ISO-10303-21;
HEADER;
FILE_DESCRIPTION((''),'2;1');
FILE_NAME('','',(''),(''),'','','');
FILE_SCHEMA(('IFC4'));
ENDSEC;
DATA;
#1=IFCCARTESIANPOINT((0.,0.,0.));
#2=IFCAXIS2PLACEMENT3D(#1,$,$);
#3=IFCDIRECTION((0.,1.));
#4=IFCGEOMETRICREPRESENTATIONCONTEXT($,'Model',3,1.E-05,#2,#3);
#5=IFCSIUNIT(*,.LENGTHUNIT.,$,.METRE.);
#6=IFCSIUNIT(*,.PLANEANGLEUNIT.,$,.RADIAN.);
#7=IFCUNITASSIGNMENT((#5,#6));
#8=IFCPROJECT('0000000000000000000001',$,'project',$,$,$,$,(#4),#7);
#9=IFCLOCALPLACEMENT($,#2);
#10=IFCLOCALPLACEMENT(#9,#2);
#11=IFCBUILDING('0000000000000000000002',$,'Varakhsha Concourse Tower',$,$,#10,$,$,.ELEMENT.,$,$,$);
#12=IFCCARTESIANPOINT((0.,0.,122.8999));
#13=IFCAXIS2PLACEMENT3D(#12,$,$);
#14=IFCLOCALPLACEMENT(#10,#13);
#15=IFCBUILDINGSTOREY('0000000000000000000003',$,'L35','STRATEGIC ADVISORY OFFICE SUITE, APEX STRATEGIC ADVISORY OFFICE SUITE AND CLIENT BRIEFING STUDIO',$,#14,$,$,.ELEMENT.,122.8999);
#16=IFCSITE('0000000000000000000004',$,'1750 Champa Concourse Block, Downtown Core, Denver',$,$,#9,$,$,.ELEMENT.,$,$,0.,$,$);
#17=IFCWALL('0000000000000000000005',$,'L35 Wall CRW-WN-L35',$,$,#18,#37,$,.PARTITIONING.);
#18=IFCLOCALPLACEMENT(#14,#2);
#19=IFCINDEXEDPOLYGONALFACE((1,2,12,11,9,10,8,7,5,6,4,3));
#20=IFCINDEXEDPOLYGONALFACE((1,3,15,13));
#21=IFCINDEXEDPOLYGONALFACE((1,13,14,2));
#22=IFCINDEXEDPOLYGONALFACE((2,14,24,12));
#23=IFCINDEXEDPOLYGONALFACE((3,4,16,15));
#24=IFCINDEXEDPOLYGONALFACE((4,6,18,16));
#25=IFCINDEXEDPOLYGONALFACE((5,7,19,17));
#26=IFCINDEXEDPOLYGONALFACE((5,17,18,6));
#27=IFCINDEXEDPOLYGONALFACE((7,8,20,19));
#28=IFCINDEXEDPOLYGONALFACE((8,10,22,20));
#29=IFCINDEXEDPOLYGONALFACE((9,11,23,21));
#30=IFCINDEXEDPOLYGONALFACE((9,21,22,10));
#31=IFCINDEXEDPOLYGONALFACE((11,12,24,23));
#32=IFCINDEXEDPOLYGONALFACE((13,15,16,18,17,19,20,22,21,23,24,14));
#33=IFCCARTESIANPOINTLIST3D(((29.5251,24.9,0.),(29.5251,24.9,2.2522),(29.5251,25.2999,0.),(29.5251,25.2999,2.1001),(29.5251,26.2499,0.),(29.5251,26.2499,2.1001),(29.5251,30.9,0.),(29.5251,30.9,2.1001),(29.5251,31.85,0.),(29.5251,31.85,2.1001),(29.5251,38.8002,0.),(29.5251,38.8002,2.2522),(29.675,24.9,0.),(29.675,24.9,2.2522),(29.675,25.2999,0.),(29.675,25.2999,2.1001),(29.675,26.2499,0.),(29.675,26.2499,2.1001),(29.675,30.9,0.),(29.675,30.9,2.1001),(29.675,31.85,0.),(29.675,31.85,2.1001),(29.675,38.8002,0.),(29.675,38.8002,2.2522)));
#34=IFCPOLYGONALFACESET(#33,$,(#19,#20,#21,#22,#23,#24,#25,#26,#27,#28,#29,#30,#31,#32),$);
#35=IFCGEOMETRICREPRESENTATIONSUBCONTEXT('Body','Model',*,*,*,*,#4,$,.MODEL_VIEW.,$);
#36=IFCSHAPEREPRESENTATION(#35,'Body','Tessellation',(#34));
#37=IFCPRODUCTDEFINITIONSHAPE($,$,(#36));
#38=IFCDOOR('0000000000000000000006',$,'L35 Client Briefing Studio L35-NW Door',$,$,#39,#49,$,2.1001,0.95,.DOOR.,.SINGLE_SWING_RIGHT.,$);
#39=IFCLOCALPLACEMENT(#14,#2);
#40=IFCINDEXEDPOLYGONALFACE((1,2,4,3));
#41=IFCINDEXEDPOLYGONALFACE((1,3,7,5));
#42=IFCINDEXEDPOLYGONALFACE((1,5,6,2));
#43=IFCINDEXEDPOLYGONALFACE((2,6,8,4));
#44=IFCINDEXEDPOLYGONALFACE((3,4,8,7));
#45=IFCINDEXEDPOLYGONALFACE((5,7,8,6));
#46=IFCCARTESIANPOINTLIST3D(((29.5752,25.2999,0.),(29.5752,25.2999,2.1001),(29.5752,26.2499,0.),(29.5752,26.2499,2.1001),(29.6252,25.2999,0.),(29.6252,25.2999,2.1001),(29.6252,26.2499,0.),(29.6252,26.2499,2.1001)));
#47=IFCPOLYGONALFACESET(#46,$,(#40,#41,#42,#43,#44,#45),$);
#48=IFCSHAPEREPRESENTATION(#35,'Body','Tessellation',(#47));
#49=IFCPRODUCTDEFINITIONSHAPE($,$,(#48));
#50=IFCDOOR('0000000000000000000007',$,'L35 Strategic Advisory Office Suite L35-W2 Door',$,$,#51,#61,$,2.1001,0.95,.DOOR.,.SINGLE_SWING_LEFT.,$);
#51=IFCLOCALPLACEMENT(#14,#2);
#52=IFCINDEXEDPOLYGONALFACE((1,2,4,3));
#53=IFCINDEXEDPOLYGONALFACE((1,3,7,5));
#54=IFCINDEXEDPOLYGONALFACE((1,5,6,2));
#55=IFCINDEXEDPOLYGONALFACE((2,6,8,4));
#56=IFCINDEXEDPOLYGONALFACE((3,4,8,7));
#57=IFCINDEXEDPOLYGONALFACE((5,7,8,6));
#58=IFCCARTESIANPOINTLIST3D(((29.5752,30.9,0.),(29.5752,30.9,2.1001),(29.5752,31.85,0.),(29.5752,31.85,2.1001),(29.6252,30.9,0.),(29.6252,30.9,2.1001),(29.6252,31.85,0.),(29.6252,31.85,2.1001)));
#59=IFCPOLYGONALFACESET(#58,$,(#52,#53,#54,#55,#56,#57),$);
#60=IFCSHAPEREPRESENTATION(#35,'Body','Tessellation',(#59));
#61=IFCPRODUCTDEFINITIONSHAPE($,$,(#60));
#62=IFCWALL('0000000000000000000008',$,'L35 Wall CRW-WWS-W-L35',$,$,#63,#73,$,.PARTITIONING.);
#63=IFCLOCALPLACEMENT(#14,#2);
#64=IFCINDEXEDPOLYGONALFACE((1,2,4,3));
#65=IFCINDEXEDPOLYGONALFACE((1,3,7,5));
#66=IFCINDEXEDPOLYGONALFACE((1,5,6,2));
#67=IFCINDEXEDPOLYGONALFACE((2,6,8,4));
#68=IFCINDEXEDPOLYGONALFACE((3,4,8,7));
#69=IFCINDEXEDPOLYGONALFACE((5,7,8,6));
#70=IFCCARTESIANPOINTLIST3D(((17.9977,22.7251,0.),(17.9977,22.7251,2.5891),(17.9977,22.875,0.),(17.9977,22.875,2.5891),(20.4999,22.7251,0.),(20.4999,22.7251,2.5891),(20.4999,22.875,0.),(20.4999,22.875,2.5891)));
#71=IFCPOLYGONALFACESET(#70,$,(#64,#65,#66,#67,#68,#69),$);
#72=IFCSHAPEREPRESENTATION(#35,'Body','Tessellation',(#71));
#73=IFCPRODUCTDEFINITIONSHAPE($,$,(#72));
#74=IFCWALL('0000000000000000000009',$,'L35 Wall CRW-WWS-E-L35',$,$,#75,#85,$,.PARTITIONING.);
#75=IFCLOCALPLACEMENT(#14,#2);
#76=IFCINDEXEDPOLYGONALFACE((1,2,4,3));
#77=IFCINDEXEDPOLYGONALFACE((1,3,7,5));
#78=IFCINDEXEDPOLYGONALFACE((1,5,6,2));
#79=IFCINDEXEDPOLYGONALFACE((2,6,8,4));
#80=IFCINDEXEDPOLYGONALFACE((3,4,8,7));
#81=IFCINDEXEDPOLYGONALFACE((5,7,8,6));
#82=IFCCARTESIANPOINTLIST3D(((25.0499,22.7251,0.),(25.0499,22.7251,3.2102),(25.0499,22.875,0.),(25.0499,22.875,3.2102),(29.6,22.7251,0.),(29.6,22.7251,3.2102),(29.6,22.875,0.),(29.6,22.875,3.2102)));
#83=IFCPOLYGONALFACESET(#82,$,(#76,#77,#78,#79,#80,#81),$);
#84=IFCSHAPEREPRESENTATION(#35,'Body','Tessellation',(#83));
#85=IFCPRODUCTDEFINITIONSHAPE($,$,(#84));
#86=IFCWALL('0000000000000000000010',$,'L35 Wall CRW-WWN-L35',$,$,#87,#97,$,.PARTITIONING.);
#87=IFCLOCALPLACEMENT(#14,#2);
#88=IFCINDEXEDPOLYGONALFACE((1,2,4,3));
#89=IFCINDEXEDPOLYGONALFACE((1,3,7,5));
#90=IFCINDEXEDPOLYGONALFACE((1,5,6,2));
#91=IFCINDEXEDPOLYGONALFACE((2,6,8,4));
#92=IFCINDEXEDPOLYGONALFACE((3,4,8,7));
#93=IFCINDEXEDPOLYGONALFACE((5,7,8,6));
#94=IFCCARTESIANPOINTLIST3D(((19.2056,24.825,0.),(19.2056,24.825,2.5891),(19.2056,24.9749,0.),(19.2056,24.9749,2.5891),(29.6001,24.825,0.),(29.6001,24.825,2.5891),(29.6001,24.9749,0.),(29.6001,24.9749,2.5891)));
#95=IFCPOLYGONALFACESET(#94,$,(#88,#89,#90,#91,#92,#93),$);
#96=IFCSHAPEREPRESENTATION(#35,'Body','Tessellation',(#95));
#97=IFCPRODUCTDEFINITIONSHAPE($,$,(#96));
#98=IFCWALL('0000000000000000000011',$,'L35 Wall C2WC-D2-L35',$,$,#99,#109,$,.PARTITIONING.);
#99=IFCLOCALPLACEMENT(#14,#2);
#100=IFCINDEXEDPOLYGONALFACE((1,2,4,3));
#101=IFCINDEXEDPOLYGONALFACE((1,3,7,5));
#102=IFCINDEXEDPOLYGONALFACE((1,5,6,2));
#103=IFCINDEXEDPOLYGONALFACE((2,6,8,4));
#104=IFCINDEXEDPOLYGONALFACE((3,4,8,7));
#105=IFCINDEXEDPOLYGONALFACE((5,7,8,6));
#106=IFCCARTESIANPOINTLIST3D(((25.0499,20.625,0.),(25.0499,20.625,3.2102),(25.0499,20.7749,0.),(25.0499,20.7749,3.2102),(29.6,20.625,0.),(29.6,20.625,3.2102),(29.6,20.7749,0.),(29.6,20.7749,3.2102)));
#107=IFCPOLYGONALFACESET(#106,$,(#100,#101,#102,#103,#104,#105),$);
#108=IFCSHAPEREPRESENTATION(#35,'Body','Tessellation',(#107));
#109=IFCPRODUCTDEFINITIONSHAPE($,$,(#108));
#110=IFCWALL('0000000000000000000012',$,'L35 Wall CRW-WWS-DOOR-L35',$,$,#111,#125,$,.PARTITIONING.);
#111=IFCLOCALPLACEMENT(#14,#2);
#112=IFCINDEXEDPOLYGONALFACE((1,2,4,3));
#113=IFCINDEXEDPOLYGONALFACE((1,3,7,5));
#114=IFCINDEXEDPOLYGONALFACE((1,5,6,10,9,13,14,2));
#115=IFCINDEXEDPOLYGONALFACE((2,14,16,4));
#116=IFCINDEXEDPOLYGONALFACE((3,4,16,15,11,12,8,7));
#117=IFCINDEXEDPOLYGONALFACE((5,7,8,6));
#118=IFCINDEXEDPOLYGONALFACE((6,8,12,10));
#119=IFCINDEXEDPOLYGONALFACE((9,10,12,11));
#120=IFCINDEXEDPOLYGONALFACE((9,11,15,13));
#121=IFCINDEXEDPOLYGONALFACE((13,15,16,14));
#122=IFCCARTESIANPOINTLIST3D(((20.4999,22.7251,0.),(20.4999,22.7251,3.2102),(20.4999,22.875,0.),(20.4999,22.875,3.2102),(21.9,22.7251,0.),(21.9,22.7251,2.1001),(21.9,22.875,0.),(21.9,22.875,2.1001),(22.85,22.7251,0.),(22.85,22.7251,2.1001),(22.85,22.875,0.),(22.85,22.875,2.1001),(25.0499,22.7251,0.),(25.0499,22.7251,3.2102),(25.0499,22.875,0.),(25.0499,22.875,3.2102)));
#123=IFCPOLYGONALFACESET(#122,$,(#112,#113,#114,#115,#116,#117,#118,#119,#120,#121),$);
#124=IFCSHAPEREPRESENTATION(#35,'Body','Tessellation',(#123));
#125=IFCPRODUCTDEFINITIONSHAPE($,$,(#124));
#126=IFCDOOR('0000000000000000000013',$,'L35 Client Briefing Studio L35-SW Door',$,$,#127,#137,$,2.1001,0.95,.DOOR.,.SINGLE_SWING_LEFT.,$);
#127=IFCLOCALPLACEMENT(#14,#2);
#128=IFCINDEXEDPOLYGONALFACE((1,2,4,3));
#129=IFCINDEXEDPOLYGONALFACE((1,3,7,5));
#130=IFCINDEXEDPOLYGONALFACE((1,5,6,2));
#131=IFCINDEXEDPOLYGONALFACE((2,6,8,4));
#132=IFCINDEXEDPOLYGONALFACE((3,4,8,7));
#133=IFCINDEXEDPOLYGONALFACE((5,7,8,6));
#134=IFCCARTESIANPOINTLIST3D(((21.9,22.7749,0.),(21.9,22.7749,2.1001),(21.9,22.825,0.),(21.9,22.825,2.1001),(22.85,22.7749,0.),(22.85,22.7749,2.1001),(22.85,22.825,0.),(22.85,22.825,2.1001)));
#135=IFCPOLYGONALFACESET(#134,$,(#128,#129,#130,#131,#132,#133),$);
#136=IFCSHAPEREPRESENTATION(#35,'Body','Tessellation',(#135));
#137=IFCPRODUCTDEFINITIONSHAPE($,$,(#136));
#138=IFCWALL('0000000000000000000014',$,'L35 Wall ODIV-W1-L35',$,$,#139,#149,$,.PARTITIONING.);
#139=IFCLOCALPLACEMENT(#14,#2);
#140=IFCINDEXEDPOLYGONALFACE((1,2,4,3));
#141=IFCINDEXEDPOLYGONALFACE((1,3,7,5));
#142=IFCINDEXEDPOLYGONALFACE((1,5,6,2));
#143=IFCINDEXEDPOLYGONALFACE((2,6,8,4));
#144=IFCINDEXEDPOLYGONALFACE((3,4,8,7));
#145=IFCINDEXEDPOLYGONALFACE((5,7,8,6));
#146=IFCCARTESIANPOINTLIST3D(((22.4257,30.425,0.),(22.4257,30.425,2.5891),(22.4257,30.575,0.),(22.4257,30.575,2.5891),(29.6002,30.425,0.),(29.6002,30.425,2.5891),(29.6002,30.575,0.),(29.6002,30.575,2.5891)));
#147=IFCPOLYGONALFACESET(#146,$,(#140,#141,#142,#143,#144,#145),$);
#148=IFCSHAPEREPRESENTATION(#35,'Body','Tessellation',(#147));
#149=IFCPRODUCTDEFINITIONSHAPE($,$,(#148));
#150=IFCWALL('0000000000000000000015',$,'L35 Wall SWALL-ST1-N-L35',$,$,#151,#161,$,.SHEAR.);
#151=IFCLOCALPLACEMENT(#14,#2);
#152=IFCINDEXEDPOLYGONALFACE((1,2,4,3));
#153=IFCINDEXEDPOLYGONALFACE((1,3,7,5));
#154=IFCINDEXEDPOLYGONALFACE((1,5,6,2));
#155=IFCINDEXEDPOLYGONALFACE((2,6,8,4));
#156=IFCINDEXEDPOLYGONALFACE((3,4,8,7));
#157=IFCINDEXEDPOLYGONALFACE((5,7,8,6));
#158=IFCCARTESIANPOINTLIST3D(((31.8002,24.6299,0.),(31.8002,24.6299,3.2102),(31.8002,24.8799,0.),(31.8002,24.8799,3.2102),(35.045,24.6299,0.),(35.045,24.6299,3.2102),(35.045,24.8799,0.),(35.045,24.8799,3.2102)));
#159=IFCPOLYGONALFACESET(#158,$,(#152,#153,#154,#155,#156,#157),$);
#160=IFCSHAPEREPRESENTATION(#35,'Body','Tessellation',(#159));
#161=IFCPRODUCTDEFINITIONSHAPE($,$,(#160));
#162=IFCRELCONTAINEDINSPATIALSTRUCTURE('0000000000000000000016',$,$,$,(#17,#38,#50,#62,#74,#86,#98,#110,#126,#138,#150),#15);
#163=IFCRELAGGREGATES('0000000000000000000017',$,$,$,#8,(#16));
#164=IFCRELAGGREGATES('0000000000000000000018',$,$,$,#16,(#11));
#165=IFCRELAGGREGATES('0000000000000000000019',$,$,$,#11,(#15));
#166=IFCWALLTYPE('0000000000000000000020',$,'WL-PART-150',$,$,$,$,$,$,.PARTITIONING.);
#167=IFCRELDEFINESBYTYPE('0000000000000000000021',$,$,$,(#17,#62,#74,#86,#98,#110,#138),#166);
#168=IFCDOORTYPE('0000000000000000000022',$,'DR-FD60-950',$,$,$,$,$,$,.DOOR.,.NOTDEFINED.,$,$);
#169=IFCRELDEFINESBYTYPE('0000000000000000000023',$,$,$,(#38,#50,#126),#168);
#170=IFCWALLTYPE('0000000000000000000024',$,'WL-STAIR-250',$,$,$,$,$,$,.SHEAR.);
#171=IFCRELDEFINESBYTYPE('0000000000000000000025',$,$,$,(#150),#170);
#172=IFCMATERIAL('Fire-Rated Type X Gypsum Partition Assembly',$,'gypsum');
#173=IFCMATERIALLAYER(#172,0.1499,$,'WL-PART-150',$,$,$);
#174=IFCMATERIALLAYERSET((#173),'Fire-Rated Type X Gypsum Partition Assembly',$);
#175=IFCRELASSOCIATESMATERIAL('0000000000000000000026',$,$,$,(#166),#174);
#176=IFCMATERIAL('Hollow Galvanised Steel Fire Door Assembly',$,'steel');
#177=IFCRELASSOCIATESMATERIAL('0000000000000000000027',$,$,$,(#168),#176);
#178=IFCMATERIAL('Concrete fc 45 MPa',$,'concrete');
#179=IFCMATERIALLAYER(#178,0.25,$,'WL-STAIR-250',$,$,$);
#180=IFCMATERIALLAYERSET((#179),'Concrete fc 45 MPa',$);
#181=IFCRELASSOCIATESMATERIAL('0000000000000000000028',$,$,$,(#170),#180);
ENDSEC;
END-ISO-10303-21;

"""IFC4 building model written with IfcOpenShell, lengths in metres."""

from ifc_helpers import new_model, si_unit, direction, frame, frame_2d, origin, place, context, subcontext, project, spatial, rectangle, extrude, material, layer, layer_set, type_object, element, fill, save


model = new_model("IFC4")

# Units and contexts
model_context = context("Model", 3, precision=1e-05, world=origin(), true_north=direction((0.0, 1.0)))
body_context = subcontext(model_context, "Body", "Model", "MODEL_VIEW")
ifc_project = project(units=[si_unit("LENGTHUNIT", "METRE"), si_unit("PLANEANGLEUNIT", "RADIAN")], contexts=[model_context])

# Site, building, storey
site_placement = place(None, origin())
site = spatial("IfcSite", under=ifc_project, at=site_placement, Name="1750 Champa Concourse Block, Downtown Core, Denver", CompositionType="ELEMENT", RefElevation=0.0)
building_placement = place(site_placement, origin())
building = spatial("IfcBuilding", under=site, at=building_placement, Name="Varakhsha Concourse Tower", CompositionType="ELEMENT")
storey_placement = place(building_placement, frame((0.0, 0.0, 122.8999)))
storey = spatial("IfcBuildingStorey", under=building, at=storey_placement, Name="L35", Description="STRATEGIC ADVISORY OFFICE SUITE, APEX STRATEGIC ADVISORY OFFICE SUITE AND CLIENT BRIEFING STUDIO", CompositionType="ELEMENT", Elevation=122.8999)

# Wall, openings, doors
ifc_material_1 = material(Name="Fire-Rated Type X Gypsum Partition Assembly", Category="gypsum")
ifc_layer_1 = layer(ifc_material_1, 0.1499, Name="WL-PART-150")
ifc_layer_set_1 = layer_set([ifc_layer_1], Name="Fire-Rated Type X Gypsum Partition Assembly")
wall_type_1 = type_object("IfcWallType", Name="WL-PART-150", PredefinedType="PARTITIONING", material=ifc_layer_set_1)
wall_1_placement = place(storey_placement, frame((29.6001, 24.8999, 0.0), z_axis=(0.0, 0.0, 1.0), x_axis=(0.0, 1.0, 0.0)))
wall_1 = element("IfcWall", 1, at=wall_1_placement, inside=storey, type_object=wall_type_1, Name="L35 Wall CRW-WN-L35", PredefinedType="PARTITIONING", context=body_context, shape_type="SweptSolid", body=[
    extrude(rectangle(XDim=13.9001, YDim=0.1499, at=frame_2d((6.9502, 0.0))), origin(), (0.0, 0.0, 1.0), 2.2522),
])
opening_1_placement = place(wall_1_placement, frame((0.3999, 0.0, 0.0)))
opening_1 = element("IfcOpeningElement", 2, at=opening_1_placement, cuts=wall_1, PredefinedType="OPENING", context=body_context, shape_type="SweptSolid", body=[
    extrude(rectangle(XDim=0.95, YDim=2.1001, at=frame_2d((0.4751, 1.05))), frame((0.0, 0.085, 0.0), z_axis=(0.0, -1.0, 0.0), x_axis=(1.0, 0.0, 0.0)), (0.0, 0.0, 1.0), 0.1699),
])
opening_2_placement = place(wall_1_placement, frame((6.0, 0.0, 0.0)))
opening_2 = element("IfcOpeningElement", 3, at=opening_2_placement, cuts=wall_1, PredefinedType="OPENING", context=body_context, shape_type="SweptSolid", body=[
    extrude(rectangle(XDim=0.95, YDim=2.1001, at=frame_2d((0.4751, 1.05))), frame((0.0, 0.085, 0.0), z_axis=(0.0, -1.0, 0.0), x_axis=(1.0, 0.0, 0.0)), (0.0, 0.0, 1.0), 0.1699),
])
ifc_material_2 = material(Name="Hollow Galvanised Steel Fire Door Assembly", Category="steel")
door_type = type_object("IfcDoorType", Name="DR-FD60-950", OperationType="NOTDEFINED", PredefinedType="DOOR", material=ifc_material_2)
door_1_placement = place(opening_1_placement, origin())
door_1 = element("IfcDoor", 4, at=door_1_placement, inside=storey, type_object=door_type, Name="L35 Client Briefing Studio L35-NW Door", OperationType="SINGLE_SWING_RIGHT", OverallHeight=2.1001, OverallWidth=0.95, PredefinedType="DOOR", context=body_context, shape_type="SweptSolid", body=[
    extrude(rectangle(XDim=0.95, YDim=2.1001, at=frame_2d((0.4751, 1.05))), frame((0.0, 0.0249, 0.0), z_axis=(0.0, -1.0, 0.0), x_axis=(1.0, 0.0, 0.0)), (0.0, 0.0, 1.0), 0.05),
])
fill(opening_1, door_1)
door_2_placement = place(opening_2_placement, origin())
door_2 = element("IfcDoor", 5, at=door_2_placement, inside=storey, type_object=door_type, Name="L35 Strategic Advisory Office Suite L35-W2 Door", OperationType="SINGLE_SWING_LEFT", OverallHeight=2.1001, OverallWidth=0.95, PredefinedType="DOOR", context=body_context, shape_type="SweptSolid", body=[
    extrude(rectangle(XDim=0.95, YDim=2.1001, at=frame_2d((0.4751, 1.05))), frame((0.0, 0.0249, 0.0), z_axis=(0.0, -1.0, 0.0), x_axis=(1.0, 0.0, 0.0)), (0.0, 0.0, 1.0), 0.05),
])
fill(opening_2, door_2)

# Walls
wall_2_placement = place(storey_placement, frame((17.9978, 22.8, 0.0), z_axis=(0.0, 0.0, 1.0), x_axis=(1.0, 0.0, 0.0)))
element("IfcWall", 6, at=wall_2_placement, inside=storey, type_object=wall_type_1, Name="L35 Wall CRW-WWS-W-L35", PredefinedType="PARTITIONING", context=body_context, shape_type="SweptSolid", body=[
    extrude(rectangle(XDim=2.5022, YDim=0.1499, at=frame_2d((1.251, 0.0))), origin(), (0.0, 0.0, 1.0), 2.5891),
])
wall_3_placement = place(storey_placement, frame((25.05, 22.8, 0.0), z_axis=(0.0, 0.0, 1.0), x_axis=(1.0, 0.0, 0.0)))
element("IfcWall", 7, at=wall_3_placement, inside=storey, type_object=wall_type_1, Name="L35 Wall CRW-WWS-E-L35", PredefinedType="PARTITIONING", context=body_context, shape_type="SweptSolid", body=[
    extrude(rectangle(XDim=4.55, YDim=0.1499, at=frame_2d((2.2749, 0.0))), origin(), (0.0, 0.0, 1.0), 3.2102),
])
wall_4_placement = place(storey_placement, frame((19.2056, 24.8999, 0.0), z_axis=(0.0, 0.0, 1.0), x_axis=(1.0, 0.0, 0.0)))
element("IfcWall", 8, at=wall_4_placement, inside=storey, type_object=wall_type_1, Name="L35 Wall CRW-WWN-L35", PredefinedType="PARTITIONING", context=body_context, shape_type="SweptSolid", body=[
    extrude(rectangle(XDim=10.3945, YDim=0.1499, at=frame_2d((5.1973, 0.0))), origin(), (0.0, 0.0, 1.0), 2.5891),
])
wall_5_placement = place(storey_placement, frame((25.05, 20.7, 0.0), z_axis=(0.0, 0.0, 1.0), x_axis=(1.0, 0.0, 0.0)))
element("IfcWall", 9, at=wall_5_placement, inside=storey, type_object=wall_type_1, Name="L35 Wall C2WC-D2-L35", PredefinedType="PARTITIONING", context=body_context, shape_type="SweptSolid", body=[
    extrude(rectangle(XDim=4.55, YDim=0.1499, at=frame_2d((2.2749, 0.0))), origin(), (0.0, 0.0, 1.0), 3.2102),
])

# Wall, opening, door
wall_6_placement = place(storey_placement, frame((20.5, 22.8, 0.0), z_axis=(0.0, 0.0, 1.0), x_axis=(1.0, 0.0, 0.0)))
wall_6 = element("IfcWall", 10, at=wall_6_placement, inside=storey, type_object=wall_type_1, Name="L35 Wall CRW-WWS-DOOR-L35", PredefinedType="PARTITIONING", context=body_context, shape_type="SweptSolid", body=[
    extrude(rectangle(XDim=4.55, YDim=0.1499, at=frame_2d((2.2749, 0.0))), origin(), (0.0, 0.0, 1.0), 3.2102),
])
opening_3_placement = place(wall_6_placement, frame((1.3999, 0.0, 0.0)))
opening_3 = element("IfcOpeningElement", 11, at=opening_3_placement, cuts=wall_6, PredefinedType="OPENING", context=body_context, shape_type="SweptSolid", body=[
    extrude(rectangle(XDim=0.95, YDim=2.1001, at=frame_2d((0.4751, 1.05))), frame((0.0, 0.085, 0.0), z_axis=(0.0, -1.0, 0.0), x_axis=(1.0, 0.0, 0.0)), (0.0, 0.0, 1.0), 0.1699),
])
door_3_placement = place(opening_3_placement, origin())
door_3 = element("IfcDoor", 12, at=door_3_placement, inside=storey, type_object=door_type, Name="L35 Client Briefing Studio L35-SW Door", OperationType="SINGLE_SWING_LEFT", OverallHeight=2.1001, OverallWidth=0.95, PredefinedType="DOOR", context=body_context, shape_type="SweptSolid", body=[
    extrude(rectangle(XDim=0.95, YDim=2.1001, at=frame_2d((0.4751, 1.05))), frame((0.0, 0.0249, 0.0), z_axis=(0.0, -1.0, 0.0), x_axis=(1.0, 0.0, 0.0)), (0.0, 0.0, 1.0), 0.05),
])
fill(opening_3, door_3)

# Walls
wall_7_placement = place(storey_placement, frame((22.4255, 30.5, 0.0), z_axis=(0.0, 0.0, 1.0), x_axis=(1.0, 0.0, 0.0)))
element("IfcWall", 13, at=wall_7_placement, inside=storey, type_object=wall_type_1, Name="L35 Wall ODIV-W1-L35", PredefinedType="PARTITIONING", context=body_context, shape_type="SweptSolid", body=[
    extrude(rectangle(XDim=7.1746, YDim=0.1499, at=frame_2d((3.5874, 0.0))), origin(), (0.0, 0.0, 1.0), 2.5891),
])
ifc_material_3 = material(Name="Concrete fc 45 MPa", Category="concrete")
ifc_layer_2 = layer(ifc_material_3, 0.25, Name="WL-STAIR-250")
ifc_layer_set_2 = layer_set([ifc_layer_2], Name="Concrete fc 45 MPa")
wall_type_2 = type_object("IfcWallType", Name="WL-STAIR-250", PredefinedType="SHEAR", material=ifc_layer_set_2)
wall_8_placement = place(storey_placement, frame((31.8, 24.7549, 0.0), z_axis=(0.0, 0.0, 1.0), x_axis=(1.0, 0.0, 0.0)))
element("IfcWall", 14, at=wall_8_placement, inside=storey, type_object=wall_type_2, Name="L35 Wall SWALL-ST1-N-L35", PredefinedType="SHEAR", context=body_context, shape_type="SweptSolid", body=[
    extrude(rectangle(XDim=3.2449, YDim=0.25, at=frame_2d((1.6226, 0.0))), origin(), (0.0, 0.0, 1.0), 3.2102),
])

save(model, "model.ifc")
